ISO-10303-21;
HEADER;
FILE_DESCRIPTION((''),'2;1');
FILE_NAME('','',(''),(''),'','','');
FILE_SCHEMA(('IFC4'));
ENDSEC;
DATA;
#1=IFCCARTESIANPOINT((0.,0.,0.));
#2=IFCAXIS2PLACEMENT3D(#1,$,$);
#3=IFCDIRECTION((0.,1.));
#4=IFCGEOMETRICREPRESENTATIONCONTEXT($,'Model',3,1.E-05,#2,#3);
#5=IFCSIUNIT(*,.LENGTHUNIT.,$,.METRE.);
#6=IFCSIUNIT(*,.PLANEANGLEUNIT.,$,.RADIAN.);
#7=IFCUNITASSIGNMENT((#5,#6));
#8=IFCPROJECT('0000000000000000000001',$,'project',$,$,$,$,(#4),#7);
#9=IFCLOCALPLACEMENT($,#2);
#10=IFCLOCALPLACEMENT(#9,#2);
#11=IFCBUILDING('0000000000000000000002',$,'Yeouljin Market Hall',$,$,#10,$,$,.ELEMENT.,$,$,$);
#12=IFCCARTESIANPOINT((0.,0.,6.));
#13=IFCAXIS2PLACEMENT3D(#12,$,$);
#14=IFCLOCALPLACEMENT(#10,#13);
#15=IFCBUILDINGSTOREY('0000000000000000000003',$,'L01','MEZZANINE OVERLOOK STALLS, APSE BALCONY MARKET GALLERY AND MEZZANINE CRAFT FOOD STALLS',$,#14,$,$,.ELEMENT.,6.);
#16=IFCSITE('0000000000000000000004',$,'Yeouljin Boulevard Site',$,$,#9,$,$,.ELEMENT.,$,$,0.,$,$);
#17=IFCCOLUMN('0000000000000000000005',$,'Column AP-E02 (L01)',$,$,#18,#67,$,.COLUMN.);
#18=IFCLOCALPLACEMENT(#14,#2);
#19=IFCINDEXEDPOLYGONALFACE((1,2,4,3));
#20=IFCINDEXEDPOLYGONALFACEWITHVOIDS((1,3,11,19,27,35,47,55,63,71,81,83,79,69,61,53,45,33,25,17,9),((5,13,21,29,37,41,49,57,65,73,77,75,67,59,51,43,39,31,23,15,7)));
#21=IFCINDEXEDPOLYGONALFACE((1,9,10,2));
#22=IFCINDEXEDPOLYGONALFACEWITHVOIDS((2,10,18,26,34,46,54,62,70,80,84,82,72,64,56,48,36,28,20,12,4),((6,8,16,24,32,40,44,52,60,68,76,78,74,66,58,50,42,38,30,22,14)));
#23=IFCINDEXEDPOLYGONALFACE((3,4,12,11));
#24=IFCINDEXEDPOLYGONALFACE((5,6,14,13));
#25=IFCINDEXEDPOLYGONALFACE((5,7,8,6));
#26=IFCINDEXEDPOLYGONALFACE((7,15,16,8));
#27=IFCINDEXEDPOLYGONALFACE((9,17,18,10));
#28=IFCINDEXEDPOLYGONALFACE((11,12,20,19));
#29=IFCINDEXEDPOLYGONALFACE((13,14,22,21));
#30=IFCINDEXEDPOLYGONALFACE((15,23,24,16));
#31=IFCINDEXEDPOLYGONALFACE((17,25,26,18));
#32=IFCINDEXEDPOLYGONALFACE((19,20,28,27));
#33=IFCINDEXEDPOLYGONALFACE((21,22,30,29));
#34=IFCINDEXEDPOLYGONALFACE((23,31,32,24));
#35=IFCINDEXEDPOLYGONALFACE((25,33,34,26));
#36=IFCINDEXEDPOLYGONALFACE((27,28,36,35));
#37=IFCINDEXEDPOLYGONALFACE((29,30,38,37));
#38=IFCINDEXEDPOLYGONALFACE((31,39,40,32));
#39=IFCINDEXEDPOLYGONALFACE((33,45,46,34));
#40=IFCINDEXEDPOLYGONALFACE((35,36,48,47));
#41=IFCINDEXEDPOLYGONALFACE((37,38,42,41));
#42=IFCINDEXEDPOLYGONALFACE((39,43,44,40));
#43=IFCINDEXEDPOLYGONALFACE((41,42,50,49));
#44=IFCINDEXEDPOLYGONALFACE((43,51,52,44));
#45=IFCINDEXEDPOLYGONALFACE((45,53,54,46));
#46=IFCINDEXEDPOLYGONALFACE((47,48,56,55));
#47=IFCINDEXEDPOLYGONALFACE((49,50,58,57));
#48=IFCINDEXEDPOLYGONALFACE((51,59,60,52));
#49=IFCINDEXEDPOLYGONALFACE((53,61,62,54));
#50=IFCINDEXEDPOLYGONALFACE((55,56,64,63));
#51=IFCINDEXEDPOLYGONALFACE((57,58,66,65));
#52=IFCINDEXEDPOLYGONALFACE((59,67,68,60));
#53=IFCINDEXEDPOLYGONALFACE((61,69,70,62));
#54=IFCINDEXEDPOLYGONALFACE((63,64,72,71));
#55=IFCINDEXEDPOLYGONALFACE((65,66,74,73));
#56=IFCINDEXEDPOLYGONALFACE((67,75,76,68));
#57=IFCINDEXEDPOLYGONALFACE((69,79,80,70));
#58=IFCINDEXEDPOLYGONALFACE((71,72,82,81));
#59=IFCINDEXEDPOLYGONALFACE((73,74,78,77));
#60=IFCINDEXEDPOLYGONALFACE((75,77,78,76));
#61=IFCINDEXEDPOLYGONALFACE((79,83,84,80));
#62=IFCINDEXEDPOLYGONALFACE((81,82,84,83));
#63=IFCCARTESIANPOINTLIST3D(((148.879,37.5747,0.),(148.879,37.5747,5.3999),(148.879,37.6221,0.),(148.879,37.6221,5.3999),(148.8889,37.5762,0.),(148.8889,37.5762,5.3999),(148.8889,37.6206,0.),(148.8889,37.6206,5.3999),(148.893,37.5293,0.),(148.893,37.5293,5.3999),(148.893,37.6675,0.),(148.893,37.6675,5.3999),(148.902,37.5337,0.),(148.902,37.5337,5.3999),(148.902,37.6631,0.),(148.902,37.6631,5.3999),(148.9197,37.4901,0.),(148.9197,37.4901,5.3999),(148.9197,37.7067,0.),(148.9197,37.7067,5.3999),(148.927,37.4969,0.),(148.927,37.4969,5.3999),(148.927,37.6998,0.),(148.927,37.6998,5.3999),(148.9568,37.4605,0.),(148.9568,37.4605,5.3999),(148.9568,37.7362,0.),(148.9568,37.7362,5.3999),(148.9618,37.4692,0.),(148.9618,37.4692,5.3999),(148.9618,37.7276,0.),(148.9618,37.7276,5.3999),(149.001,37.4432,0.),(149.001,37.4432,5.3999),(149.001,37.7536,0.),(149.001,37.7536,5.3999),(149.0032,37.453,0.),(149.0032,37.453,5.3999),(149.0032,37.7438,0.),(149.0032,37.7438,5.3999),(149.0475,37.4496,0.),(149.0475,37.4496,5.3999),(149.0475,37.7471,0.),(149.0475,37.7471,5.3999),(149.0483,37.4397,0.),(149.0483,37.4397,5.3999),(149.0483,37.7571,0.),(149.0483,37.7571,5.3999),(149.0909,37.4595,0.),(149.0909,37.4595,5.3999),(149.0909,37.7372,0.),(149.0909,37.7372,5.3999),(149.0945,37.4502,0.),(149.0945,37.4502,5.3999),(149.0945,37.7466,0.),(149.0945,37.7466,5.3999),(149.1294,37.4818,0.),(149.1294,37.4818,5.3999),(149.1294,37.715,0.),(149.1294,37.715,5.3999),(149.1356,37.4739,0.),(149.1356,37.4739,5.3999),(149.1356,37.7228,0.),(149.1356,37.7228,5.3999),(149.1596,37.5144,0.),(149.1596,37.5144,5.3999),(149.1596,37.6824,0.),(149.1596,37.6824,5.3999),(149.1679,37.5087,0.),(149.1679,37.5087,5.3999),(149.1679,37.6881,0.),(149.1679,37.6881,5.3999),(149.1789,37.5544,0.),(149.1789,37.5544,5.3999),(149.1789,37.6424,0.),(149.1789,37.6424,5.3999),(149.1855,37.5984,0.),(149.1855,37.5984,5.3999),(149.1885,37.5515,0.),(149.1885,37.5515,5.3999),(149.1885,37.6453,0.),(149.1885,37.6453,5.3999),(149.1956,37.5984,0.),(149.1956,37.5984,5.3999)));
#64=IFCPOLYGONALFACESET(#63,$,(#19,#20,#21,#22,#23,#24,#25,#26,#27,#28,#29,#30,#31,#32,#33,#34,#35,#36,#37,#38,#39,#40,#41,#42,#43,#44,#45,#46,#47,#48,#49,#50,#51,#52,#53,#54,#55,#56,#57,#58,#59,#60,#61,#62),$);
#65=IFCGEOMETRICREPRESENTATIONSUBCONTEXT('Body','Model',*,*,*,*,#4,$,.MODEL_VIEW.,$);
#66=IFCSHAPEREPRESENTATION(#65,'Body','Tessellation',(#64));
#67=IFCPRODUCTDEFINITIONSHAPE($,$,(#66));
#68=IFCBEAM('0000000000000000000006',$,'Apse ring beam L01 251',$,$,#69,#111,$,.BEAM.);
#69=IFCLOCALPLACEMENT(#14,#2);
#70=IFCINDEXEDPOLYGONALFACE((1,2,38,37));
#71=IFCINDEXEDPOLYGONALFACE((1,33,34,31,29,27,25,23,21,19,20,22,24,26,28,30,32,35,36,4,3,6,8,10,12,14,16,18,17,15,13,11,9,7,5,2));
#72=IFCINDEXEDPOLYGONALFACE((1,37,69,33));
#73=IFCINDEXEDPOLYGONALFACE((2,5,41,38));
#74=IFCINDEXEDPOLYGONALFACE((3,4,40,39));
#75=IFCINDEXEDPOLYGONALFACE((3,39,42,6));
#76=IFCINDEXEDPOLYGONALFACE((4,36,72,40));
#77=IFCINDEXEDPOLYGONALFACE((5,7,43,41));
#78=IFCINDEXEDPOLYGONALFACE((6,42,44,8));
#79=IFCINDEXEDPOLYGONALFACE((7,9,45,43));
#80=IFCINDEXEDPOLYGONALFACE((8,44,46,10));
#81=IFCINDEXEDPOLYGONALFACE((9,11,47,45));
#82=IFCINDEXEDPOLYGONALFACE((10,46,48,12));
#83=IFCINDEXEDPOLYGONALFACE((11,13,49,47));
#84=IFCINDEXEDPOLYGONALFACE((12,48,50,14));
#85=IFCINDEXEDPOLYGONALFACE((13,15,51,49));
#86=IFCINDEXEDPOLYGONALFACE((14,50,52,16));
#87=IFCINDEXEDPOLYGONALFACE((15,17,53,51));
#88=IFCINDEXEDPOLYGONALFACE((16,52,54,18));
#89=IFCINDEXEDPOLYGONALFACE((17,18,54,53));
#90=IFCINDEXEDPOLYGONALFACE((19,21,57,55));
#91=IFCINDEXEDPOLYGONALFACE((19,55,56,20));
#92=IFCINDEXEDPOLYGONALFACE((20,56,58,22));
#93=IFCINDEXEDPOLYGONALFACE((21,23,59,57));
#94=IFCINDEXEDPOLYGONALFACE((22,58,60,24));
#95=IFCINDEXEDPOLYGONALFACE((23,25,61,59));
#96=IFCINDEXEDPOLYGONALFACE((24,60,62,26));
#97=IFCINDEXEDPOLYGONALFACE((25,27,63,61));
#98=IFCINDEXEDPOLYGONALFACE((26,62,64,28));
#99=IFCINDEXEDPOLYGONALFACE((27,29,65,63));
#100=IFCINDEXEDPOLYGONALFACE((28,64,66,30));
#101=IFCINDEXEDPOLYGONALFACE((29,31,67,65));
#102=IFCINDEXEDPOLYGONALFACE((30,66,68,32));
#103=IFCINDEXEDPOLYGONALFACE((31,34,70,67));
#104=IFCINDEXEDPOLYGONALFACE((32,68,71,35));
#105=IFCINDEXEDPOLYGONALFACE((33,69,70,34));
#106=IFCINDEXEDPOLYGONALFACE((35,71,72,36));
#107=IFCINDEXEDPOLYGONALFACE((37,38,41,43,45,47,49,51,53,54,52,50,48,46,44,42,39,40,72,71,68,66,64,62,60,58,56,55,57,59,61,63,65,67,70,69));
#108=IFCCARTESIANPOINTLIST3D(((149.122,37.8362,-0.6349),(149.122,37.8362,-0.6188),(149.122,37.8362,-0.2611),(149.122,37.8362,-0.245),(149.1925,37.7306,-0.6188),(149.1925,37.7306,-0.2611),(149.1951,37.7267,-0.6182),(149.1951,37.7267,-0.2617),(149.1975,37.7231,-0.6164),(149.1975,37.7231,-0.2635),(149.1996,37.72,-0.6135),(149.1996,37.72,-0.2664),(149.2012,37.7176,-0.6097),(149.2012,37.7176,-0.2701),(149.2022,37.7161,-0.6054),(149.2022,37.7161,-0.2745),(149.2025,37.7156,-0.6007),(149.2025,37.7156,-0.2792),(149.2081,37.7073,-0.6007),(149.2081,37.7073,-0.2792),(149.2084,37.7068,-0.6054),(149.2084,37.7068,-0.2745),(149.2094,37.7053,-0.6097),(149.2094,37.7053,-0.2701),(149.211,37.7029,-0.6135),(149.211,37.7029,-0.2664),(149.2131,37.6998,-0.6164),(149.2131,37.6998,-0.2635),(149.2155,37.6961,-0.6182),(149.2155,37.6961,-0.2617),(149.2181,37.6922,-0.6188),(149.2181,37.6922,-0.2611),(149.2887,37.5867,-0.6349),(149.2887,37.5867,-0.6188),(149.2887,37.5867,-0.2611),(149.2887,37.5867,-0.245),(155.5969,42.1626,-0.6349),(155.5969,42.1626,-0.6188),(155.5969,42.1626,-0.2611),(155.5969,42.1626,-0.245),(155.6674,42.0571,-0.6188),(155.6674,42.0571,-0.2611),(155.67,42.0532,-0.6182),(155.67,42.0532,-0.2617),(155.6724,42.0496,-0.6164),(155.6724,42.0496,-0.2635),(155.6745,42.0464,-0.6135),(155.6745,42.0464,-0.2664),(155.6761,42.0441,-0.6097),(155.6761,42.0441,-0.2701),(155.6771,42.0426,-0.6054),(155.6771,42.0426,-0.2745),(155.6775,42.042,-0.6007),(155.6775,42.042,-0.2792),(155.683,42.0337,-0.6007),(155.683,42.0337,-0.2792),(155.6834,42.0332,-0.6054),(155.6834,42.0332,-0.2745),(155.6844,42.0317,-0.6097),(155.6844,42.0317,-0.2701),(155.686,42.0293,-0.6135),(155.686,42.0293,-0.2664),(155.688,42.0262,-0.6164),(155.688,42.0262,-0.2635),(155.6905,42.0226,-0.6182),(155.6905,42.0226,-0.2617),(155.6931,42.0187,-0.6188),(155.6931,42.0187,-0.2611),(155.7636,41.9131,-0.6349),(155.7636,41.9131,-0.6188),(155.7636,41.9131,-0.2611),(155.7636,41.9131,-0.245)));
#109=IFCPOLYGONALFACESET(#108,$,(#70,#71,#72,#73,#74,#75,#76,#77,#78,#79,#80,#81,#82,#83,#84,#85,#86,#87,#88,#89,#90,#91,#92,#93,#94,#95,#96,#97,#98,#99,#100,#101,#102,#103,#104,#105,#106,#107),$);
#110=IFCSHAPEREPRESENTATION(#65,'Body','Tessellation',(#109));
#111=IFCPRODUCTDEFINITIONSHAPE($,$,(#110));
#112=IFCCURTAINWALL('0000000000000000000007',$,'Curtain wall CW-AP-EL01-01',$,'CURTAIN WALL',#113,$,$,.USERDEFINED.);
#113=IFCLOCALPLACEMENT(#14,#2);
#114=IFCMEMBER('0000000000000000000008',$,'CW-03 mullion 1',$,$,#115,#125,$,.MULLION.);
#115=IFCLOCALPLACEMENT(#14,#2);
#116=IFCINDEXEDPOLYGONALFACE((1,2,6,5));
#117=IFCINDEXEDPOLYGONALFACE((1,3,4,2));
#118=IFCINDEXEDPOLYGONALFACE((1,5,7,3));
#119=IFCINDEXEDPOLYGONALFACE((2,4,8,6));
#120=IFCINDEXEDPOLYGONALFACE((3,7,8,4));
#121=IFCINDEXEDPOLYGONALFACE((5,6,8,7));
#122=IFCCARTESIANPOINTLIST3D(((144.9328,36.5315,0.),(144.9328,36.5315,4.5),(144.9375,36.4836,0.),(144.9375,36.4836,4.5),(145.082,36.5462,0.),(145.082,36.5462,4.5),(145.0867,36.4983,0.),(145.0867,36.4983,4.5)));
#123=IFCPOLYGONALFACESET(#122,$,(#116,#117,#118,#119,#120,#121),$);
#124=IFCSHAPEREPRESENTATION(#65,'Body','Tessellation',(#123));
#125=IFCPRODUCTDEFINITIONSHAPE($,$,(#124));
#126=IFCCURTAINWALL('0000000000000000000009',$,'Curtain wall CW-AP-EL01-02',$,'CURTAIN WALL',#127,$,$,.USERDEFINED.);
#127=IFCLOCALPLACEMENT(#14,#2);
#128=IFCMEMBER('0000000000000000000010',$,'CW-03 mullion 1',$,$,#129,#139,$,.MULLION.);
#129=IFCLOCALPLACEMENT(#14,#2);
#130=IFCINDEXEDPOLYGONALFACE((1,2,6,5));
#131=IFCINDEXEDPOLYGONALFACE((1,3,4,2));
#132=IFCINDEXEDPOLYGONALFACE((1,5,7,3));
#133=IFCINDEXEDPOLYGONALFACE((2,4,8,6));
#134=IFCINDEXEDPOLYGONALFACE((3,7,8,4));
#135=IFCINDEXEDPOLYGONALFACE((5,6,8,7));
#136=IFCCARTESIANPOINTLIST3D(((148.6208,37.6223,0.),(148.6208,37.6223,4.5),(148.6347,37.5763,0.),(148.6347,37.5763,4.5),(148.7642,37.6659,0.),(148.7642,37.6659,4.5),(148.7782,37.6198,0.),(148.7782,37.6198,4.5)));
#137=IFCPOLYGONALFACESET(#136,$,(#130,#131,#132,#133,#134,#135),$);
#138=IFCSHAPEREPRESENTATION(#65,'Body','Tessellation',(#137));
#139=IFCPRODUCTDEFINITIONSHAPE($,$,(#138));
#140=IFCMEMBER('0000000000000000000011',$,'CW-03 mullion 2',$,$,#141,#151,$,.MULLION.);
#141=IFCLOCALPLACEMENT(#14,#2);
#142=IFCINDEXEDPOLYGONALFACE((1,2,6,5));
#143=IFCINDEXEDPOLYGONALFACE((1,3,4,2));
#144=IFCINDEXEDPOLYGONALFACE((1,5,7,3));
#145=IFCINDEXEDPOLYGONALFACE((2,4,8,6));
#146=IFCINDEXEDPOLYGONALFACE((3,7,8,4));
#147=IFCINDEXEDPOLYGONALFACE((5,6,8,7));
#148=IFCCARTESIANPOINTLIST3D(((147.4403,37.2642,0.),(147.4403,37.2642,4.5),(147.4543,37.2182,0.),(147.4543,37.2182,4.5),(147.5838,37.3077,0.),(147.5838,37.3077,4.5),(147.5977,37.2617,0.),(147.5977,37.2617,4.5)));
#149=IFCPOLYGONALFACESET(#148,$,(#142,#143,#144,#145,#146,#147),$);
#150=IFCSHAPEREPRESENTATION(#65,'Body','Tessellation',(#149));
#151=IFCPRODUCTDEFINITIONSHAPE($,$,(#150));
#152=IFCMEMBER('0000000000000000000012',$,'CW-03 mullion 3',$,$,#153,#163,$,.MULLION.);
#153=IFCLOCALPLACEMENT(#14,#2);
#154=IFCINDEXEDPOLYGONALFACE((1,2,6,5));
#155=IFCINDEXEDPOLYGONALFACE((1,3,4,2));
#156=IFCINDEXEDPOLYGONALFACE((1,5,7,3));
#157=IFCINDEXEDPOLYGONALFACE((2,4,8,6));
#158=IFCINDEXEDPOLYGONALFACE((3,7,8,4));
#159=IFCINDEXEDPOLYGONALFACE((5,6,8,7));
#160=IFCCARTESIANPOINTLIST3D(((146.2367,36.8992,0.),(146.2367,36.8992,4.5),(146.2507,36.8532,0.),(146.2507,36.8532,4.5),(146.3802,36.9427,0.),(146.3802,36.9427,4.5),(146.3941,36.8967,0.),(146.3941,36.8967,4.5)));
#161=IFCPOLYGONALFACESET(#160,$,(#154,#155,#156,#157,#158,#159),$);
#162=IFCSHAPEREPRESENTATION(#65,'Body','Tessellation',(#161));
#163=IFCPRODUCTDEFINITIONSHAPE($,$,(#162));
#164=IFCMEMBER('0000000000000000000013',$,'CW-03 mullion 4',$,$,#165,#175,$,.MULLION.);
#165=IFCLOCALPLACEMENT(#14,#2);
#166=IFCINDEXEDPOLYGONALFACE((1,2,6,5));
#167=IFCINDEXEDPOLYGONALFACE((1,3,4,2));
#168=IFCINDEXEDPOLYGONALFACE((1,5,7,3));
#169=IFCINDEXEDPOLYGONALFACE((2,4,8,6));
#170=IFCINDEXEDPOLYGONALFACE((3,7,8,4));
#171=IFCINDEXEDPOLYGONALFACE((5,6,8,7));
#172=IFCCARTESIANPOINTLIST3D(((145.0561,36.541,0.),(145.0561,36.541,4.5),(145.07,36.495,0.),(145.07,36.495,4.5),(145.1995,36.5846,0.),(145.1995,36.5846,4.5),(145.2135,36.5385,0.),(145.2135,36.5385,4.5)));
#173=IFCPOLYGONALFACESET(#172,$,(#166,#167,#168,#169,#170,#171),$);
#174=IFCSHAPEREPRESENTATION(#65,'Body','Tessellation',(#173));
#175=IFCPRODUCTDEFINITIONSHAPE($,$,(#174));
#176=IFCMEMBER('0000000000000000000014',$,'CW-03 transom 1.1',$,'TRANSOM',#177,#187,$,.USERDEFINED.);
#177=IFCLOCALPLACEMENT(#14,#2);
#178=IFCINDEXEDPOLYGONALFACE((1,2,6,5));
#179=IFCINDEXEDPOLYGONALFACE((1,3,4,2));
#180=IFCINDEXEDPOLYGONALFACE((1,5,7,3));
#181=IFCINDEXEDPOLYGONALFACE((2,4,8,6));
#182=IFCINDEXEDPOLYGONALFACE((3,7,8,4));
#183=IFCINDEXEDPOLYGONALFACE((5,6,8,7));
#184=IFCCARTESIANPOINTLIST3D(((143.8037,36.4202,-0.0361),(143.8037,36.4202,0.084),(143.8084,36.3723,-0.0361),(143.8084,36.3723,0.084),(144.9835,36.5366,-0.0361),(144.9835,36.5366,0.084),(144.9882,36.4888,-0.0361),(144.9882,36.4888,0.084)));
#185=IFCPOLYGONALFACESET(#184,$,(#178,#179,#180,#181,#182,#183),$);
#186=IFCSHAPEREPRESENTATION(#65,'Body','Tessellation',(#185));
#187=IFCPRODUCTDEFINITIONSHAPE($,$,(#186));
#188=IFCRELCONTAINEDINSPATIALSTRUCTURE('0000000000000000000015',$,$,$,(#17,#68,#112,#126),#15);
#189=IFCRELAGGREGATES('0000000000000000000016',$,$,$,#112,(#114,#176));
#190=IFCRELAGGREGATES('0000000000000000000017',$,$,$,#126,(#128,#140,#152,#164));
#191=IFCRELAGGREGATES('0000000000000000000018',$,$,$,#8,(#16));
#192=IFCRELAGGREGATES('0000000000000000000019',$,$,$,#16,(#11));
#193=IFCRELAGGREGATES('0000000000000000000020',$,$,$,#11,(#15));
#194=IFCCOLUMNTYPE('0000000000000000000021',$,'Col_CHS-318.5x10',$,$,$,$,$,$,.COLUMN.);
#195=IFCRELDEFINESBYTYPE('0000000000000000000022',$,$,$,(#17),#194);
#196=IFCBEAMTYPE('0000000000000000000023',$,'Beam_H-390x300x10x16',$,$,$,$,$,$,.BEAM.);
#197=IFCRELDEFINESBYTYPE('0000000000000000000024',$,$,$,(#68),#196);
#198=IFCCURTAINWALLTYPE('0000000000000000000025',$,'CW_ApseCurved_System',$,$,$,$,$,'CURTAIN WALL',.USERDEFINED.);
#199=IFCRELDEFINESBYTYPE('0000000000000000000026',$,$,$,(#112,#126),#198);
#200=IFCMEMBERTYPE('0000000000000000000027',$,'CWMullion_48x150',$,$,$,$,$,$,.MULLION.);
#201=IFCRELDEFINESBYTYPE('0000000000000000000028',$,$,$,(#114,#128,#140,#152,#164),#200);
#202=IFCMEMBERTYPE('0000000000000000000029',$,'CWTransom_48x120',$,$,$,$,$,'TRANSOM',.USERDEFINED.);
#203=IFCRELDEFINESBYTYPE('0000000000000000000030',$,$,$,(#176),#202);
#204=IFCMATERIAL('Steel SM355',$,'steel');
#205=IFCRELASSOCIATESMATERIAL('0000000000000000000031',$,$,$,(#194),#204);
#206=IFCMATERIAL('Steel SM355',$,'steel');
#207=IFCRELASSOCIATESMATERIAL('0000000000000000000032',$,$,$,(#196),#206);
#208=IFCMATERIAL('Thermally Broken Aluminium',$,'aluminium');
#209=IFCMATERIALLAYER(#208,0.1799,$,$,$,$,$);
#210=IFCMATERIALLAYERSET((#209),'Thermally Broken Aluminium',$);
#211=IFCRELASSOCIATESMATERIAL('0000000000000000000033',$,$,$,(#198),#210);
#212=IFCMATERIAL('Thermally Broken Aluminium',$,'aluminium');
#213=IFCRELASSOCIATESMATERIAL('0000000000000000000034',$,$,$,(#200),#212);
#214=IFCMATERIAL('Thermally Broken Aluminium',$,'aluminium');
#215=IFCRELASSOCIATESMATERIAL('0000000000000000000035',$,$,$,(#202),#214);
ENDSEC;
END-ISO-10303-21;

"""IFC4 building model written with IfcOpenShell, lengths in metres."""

from ifc_helpers import new_model, si_unit, direction, frame, origin, origin_2d, place, context, subcontext, project, spatial, rectangle, hollow_circle, i_section, extrude, material, layer, layer_set, material_profile, profile_set, type_object, element, aggregate, save


model = new_model("IFC4")

# Units and contexts
model_context = context("Model", 3, precision=1e-05, world=origin(), true_north=direction((0.0, 1.0)))
body_context = subcontext(model_context, "Body", "Model", "MODEL_VIEW")
ifc_project = project(units=[si_unit("LENGTHUNIT", "METRE"), si_unit("PLANEANGLEUNIT", "RADIAN")], contexts=[model_context])

# Site, building, storey
site_placement = place(None, origin())
site = spatial("IfcSite", under=ifc_project, at=site_placement, Name="Yeouljin Boulevard Site", CompositionType="ELEMENT", RefElevation=0.0)
building_placement = place(site_placement, origin())
building = spatial("IfcBuilding", under=site, at=building_placement, Name="Yeouljin Market Hall", CompositionType="ELEMENT")
storey_placement = place(building_placement, frame((0.0, 0.0, 6.0)))
storey = spatial("IfcBuildingStorey", under=building, at=storey_placement, Name="L01", Description="MEZZANINE OVERLOOK STALLS, APSE BALCONY MARKET GALLERY AND MEZZANINE CRAFT FOOD STALLS", CompositionType="ELEMENT", Elevation=6.0)

# Column
ifc_material_1 = material(Name="Steel SM355", Category="steel")
ifc_material_profile_1 = material_profile(ifc_material_1, hollow_circle(Radius=0.1592, WallThickness=0.01, at=origin_2d()), Name="CHS-318.5x10")
ifc_profile_set_1 = profile_set([ifc_material_profile_1], Name="Steel SM355")
column_type = type_object("IfcColumnType", Name="Col_CHS-318.5x10", PredefinedType="COLUMN", material=ifc_profile_set_1)
column_placement = place(storey_placement, frame((149.0364, 37.5984, 0.0), z_axis=(0.0, 0.0, 1.0), x_axis=(1.0, 0.0, 0.0)))
element("IfcColumn", 1, at=column_placement, inside=storey, type_object=column_type, Name="Column AP-E02 (L01)", PredefinedType="COLUMN", context=body_context, shape_type="SweptSolid", body=[
    extrude(hollow_circle(Radius=0.1592, WallThickness=0.01, at=origin_2d()), origin(), (0.0, 0.0, 1.0), 5.3999),
])

# Beam
ifc_material_2 = material(Name="Steel SM355", Category="steel")
ifc_material_profile_2 = material_profile(ifc_material_2, i_section(OverallWidth=0.3, OverallDepth=0.3899, WebThickness=0.01, FlangeThickness=0.0161, FilletRadius=0.0181, at=origin_2d()), Name="H-390x300x10x16")
ifc_profile_set_2 = profile_set([ifc_material_profile_2], Name="Steel SM355")
beam_type = type_object("IfcBeamType", Name="Beam_H-390x300x10x16", PredefinedType="BEAM", material=ifc_profile_set_2)
beam_placement = place(storey_placement, frame((149.2053, 37.7114, -0.4399), z_axis=(0.831466, 0.555575, 0.0), x_axis=(-0.555575, 0.831466, 0.0)))
element("IfcBeam", 2, at=beam_placement, inside=storey, type_object=beam_type, Name="Apse ring beam L01 251", PredefinedType="BEAM", context=body_context, shape_type="SweptSolid", body=[
    extrude(i_section(OverallWidth=0.3, OverallDepth=0.3899, WebThickness=0.01, FlangeThickness=0.0161, FilletRadius=0.0181, at=origin_2d()), origin(), (0.0, 0.0, 1.0), 7.7874),
])

# Curtain wall, member
ifc_material_3 = material(Name="Thermally Broken Aluminium", Category="aluminium")
ifc_layer_1 = layer(ifc_material_3, 0.1799)
ifc_layer_set_1 = layer_set([ifc_layer_1], Name="Thermally Broken Aluminium")
curtain_wall_type = type_object("IfcCurtainWallType", Name="CW_ApseCurved_System", ElementType="CURTAIN WALL", PredefinedType="USERDEFINED", material=ifc_layer_set_1)
curtain_wall_1_placement = place(storey_placement, origin())
curtain_wall_1 = element("IfcCurtainWall", 3, at=curtain_wall_1_placement, inside=storey, type_object=curtain_wall_type, Name="Curtain wall CW-AP-EL01-01", ObjectType="CURTAIN WALL", PredefinedType="USERDEFINED")
ifc_material_4 = material(Name="Thermally Broken Aluminium", Category="aluminium")
ifc_material_profile_3 = material_profile(ifc_material_4, rectangle(XDim=0.0481, YDim=0.1499, at=origin_2d()), Name="CW-MULL-48x150")
ifc_profile_set_3 = profile_set([ifc_material_profile_3], Name="Thermally Broken Aluminium")
member_type_1 = type_object("IfcMemberType", Name="CWMullion_48x150", PredefinedType="MULLION", material=ifc_profile_set_3)
member_1_placement = place(storey_placement, frame((145.0098, 36.5149, 0.0), z_axis=(0.0, 0.0, 1.0), x_axis=(0.098034, -0.995183, 0.0)))
member_1 = element("IfcMember", 4, at=member_1_placement, type_object=member_type_1, Name="CW-03 mullion 1", PredefinedType="MULLION", context=body_context, shape_type="SweptSolid", body=[
    extrude(rectangle(XDim=0.0481, YDim=0.1499, at=origin_2d()), origin(), (0.0, 0.0, 1.0), 4.5),
])

# Curtain wall, members
curtain_wall_2_placement = place(storey_placement, origin())
curtain_wall_2 = element("IfcCurtainWall", 5, at=curtain_wall_2_placement, inside=storey, type_object=curtain_wall_type, Name="Curtain wall CW-AP-EL01-02", ObjectType="CURTAIN WALL", PredefinedType="USERDEFINED")
member_2_placement = place(storey_placement, frame((148.6995, 37.6211, 0.0), z_axis=(0.0, 0.0, 1.0), x_axis=(0.290286, -0.95694, 0.0)))
member_2 = element("IfcMember", 6, at=member_2_placement, type_object=member_type_1, Name="CW-03 mullion 1", PredefinedType="MULLION", context=body_context, shape_type="SweptSolid", body=[
    extrude(rectangle(XDim=0.0481, YDim=0.1499, at=origin_2d()), origin(), (0.0, 0.0, 1.0), 4.5),
])
member_3_placement = place(storey_placement, frame((147.519, 37.2629, 0.0), z_axis=(0.0, 0.0, 1.0), x_axis=(0.290286, -0.95694, 0.0)))
member_3 = element("IfcMember", 7, at=member_3_placement, type_object=member_type_1, Name="CW-03 mullion 2", PredefinedType="MULLION", context=body_context, shape_type="SweptSolid", body=[
    extrude(rectangle(XDim=0.0481, YDim=0.1499, at=origin_2d()), origin(), (0.0, 0.0, 1.0), 4.5),
])
member_4_placement = place(storey_placement, frame((146.3154, 36.8979, 0.0), z_axis=(0.0, 0.0, 1.0), x_axis=(0.290286, -0.95694, 0.0)))
member_4 = element("IfcMember", 8, at=member_4_placement, type_object=member_type_1, Name="CW-03 mullion 3", PredefinedType="MULLION", context=body_context, shape_type="SweptSolid", body=[
    extrude(rectangle(XDim=0.0481, YDim=0.1499, at=origin_2d()), origin(), (0.0, 0.0, 1.0), 4.5),
])
member_5_placement = place(storey_placement, frame((145.1348, 36.5398, 0.0), z_axis=(0.0, 0.0, 1.0), x_axis=(0.290286, -0.95694, 0.0)))
member_5 = element("IfcMember", 9, at=member_5_placement, type_object=member_type_1, Name="CW-03 mullion 4", PredefinedType="MULLION", context=body_context, shape_type="SweptSolid", body=[
    extrude(rectangle(XDim=0.0481, YDim=0.1499, at=origin_2d()), origin(), (0.0, 0.0, 1.0), 4.5),
])

# Member
ifc_material_5 = material(Name="Thermally Broken Aluminium", Category="aluminium")
ifc_material_profile_4 = material_profile(ifc_material_5, rectangle(XDim=0.0481, YDim=0.1201, at=origin_2d()), Name="CW-TRAN-48x120")
ifc_profile_set_4 = profile_set([ifc_material_profile_4], Name="Thermally Broken Aluminium")
member_type_2 = type_object("IfcMemberType", Name="CWTransom_48x120", ElementType="TRANSOM", PredefinedType="USERDEFINED", material=ifc_profile_set_4)
member_6_placement = place(storey_placement, frame((144.9858, 36.5127, 0.0239), z_axis=(-0.995165, -0.098219, 0.0), x_axis=(0.098219, -0.995165, 0.0)))
member_6 = element("IfcMember", 10, at=member_6_placement, type_object=member_type_2, Name="CW-03 transom 1.1", ObjectType="TRANSOM", PredefinedType="USERDEFINED", context=body_context, shape_type="SweptSolid", body=[
    extrude(rectangle(XDim=0.0481, YDim=0.1201, at=origin_2d()), origin(), (0.0, 0.0, 1.0), 1.1855),
])
aggregate(curtain_wall_1, [member_1, member_6])

aggregate(curtain_wall_2, [member_2, member_3, member_4, member_5])

save(model, "model.ifc")
